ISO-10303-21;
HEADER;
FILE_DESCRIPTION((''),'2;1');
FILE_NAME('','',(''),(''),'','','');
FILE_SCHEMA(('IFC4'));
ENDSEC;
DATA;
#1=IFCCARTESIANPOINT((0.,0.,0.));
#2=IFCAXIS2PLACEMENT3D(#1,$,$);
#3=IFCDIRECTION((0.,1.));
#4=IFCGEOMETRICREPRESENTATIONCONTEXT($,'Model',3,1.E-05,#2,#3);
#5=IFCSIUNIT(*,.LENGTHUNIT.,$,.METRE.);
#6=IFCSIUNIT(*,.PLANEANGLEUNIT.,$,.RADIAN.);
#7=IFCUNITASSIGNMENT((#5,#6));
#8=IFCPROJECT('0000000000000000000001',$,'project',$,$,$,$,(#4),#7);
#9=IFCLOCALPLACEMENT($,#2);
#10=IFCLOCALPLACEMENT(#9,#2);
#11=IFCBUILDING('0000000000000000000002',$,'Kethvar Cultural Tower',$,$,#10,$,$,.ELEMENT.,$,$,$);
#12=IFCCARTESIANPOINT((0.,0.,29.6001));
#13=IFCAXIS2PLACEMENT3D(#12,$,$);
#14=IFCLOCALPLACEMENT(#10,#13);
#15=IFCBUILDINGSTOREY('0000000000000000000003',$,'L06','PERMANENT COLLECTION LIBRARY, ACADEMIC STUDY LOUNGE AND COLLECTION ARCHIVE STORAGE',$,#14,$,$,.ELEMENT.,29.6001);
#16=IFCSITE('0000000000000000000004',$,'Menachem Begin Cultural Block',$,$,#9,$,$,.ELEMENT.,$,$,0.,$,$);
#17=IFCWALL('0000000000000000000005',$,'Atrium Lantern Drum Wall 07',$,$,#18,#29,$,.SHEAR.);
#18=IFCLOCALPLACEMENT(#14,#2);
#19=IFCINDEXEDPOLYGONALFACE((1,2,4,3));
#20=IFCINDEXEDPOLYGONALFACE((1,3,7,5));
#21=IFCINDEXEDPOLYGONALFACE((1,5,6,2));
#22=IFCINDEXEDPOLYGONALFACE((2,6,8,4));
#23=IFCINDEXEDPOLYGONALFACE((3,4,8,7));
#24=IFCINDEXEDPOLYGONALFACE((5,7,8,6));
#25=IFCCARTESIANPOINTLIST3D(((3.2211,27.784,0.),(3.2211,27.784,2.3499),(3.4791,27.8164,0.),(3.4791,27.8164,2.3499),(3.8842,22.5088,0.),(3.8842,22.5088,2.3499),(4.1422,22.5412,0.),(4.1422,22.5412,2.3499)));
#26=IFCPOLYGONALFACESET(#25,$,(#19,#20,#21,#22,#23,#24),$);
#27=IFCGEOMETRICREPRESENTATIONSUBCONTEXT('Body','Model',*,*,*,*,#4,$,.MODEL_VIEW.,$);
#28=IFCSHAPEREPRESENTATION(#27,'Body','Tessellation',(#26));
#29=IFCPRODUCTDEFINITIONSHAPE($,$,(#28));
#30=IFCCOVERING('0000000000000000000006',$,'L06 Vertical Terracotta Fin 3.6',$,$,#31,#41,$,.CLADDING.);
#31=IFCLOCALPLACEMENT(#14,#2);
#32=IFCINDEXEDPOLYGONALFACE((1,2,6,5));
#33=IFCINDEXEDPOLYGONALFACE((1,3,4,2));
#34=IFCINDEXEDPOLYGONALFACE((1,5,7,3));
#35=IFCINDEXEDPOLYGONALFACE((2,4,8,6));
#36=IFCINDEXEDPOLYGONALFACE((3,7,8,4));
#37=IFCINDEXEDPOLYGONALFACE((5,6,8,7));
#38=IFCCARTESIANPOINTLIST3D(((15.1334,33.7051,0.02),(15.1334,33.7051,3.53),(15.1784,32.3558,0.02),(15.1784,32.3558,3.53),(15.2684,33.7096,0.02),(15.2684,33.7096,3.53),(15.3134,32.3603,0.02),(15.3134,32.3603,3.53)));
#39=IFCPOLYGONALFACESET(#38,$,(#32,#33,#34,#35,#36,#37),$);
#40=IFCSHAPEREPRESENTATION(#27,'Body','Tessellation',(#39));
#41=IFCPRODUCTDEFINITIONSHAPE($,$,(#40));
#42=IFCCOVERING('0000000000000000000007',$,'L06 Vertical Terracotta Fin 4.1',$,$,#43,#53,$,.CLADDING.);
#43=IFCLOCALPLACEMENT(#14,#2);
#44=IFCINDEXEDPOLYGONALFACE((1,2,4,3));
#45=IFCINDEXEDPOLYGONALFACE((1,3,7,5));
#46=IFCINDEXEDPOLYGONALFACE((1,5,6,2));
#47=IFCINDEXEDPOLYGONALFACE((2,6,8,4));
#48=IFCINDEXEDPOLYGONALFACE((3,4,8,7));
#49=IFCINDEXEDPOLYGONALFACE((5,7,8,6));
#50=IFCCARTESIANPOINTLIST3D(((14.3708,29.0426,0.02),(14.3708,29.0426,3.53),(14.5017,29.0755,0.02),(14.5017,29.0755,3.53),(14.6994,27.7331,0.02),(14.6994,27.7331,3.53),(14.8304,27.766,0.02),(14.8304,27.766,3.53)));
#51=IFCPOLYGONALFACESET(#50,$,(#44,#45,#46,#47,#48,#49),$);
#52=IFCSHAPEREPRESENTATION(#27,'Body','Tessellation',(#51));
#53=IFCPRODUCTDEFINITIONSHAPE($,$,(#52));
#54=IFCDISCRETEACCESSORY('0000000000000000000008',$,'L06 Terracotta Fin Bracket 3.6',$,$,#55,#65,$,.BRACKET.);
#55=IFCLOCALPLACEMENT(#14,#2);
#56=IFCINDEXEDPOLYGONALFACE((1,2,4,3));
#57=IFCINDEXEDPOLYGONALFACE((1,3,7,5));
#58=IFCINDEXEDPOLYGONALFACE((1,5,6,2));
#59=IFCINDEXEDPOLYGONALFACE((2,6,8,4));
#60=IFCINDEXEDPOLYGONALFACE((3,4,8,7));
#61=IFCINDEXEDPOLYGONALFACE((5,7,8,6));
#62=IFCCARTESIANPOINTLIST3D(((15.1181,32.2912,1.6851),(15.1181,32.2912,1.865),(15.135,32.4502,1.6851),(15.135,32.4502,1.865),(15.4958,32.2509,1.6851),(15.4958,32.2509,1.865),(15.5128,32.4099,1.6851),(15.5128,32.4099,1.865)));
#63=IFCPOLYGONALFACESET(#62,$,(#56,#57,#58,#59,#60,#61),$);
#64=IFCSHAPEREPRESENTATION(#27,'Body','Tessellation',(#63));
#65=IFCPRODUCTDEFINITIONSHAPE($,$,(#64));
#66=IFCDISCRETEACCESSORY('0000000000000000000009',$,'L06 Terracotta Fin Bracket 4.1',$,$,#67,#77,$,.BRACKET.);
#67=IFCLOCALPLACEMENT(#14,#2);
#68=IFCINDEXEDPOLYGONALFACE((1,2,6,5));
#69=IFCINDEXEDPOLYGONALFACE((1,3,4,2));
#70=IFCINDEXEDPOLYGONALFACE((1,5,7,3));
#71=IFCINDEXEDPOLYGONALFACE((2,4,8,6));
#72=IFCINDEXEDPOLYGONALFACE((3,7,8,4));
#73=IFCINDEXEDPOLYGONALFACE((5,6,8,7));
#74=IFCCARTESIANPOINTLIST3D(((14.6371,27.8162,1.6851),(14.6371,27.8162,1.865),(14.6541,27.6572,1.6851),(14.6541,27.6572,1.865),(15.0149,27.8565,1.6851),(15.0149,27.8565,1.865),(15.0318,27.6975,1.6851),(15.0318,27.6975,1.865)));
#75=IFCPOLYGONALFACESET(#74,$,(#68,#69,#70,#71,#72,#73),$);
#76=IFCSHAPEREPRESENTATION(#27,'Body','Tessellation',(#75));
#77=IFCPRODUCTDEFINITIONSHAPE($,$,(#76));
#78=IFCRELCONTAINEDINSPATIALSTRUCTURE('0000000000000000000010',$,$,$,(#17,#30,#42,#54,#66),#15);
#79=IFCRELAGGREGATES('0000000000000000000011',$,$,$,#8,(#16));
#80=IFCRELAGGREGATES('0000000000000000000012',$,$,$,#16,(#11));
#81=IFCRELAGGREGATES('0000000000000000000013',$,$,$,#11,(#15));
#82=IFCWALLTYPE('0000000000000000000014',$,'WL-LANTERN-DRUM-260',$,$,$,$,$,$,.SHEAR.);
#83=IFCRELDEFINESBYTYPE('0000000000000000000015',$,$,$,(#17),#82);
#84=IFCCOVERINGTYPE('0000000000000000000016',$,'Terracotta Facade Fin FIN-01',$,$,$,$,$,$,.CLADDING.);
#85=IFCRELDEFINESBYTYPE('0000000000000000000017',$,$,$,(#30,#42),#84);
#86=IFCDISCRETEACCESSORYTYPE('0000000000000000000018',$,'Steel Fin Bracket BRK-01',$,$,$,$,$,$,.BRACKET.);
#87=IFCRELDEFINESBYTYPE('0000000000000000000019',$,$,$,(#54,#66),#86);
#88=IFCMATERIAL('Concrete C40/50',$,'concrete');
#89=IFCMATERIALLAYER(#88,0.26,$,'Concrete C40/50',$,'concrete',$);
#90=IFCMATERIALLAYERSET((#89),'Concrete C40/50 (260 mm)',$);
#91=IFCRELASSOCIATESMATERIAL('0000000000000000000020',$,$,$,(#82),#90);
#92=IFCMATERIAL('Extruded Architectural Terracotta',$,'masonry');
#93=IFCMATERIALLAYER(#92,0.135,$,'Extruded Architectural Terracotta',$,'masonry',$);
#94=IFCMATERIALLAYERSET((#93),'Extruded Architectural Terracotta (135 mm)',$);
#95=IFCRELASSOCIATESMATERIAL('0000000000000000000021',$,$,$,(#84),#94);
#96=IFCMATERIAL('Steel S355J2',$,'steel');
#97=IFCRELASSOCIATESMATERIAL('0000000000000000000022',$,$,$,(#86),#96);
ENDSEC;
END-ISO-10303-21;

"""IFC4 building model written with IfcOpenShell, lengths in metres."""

from ifc_helpers import new_model, si_unit, direction, frame, frame_2d, origin, origin_2d, place, context, subcontext, project, spatial, rectangle, extrude, source, transform, mapped, material, layer, layer_set, type_object, element, save


model = new_model("IFC4")

# Units and contexts
model_context = context("Model", 3, precision=1e-05, world=origin(), true_north=direction((0.0, 1.0)))
body_context = subcontext(model_context, "Body", "Model", "MODEL_VIEW")
ifc_project = project(units=[si_unit("LENGTHUNIT", "METRE"), si_unit("PLANEANGLEUNIT", "RADIAN")], contexts=[model_context])

# Site, building, storey
site_placement = place(None, origin())
site = spatial("IfcSite", under=ifc_project, at=site_placement, Name="Menachem Begin Cultural Block", CompositionType="ELEMENT", RefElevation=0.0)
building_placement = place(site_placement, origin())
building = spatial("IfcBuilding", under=site, at=building_placement, Name="Kethvar Cultural Tower", CompositionType="ELEMENT")
storey_placement = place(building_placement, frame((0.0, 0.0, 29.6001)))
storey = spatial("IfcBuildingStorey", under=building, at=storey_placement, Name="L06", Description="PERMANENT COLLECTION LIBRARY, ACADEMIC STUDY LOUNGE AND COLLECTION ARCHIVE STORAGE", CompositionType="ELEMENT", Elevation=29.6001)

# Shared definitions
ifc_material_1 = material(Name="Steel S355J2", Category="steel")

# Wall
ifc_material_2 = material(Name="Concrete C40/50", Category="concrete")
ifc_layer_1 = layer(ifc_material_2, 0.26, Name="Concrete C40/50", Category="concrete")
ifc_layer_set_1 = layer_set([ifc_layer_1], Name="Concrete C40/50 (260 mm)")
wall_type = type_object("IfcWallType", Name="WL-LANTERN-DRUM-260", PredefinedType="SHEAR", material=ifc_layer_set_1)
wall_1_placement = place(storey_placement, frame((3.3501, 27.8, 0.0), z_axis=(0.0, 0.0, 1.0), x_axis=(0.124719, -0.992192, 0.0)))
element("IfcWall", 1, at=wall_1_placement, inside=storey, type_object=wall_type, Name="Atrium Lantern Drum Wall 07", PredefinedType="SHEAR", context=body_context, shape_type="SweptSolid", body=[
    extrude(rectangle(XDim=5.3167, YDim=0.26, at=frame_2d((2.6582, 0.0))), origin(), (0.0, 0.0, 1.0), 2.3499),
])

# Coverings
ifc_material_3 = material(Name="Extruded Architectural Terracotta", Category="masonry")
ifc_layer_2 = layer(ifc_material_3, 0.135, Name="Extruded Architectural Terracotta", Category="masonry")
ifc_layer_set_2 = layer_set([ifc_layer_2], Name="Extruded Architectural Terracotta (135 mm)")
covering_type = type_object("IfcCoveringType", Name="Terracotta Facade Fin FIN-01", PredefinedType="CLADDING", material=ifc_layer_set_2)
shared_shape_1 = source(origin(), body_context, "Body", "SweptSolid", [
    extrude(rectangle(XDim=1.3501, YDim=0.135, at=origin_2d()), origin(), (0.0, 0.0, 1.0), 3.51),
])
for number, where, z_axis, x_axis, name in (
    (2, (15.2234, 33.0327, 0.02), (0.0, 0.0, 1.0), (-0.03333, 0.999444, 0.0), "L06 Vertical Terracotta Fin 3.6"),
    (3, (14.6006, 28.4043, 0.02), (0.0, 0.0, 1.0), (-0.243446, 0.969915, 0.0), "L06 Vertical Terracotta Fin 4.1"),
):
    element("IfcCovering", number, at=place(storey_placement, frame(where, z_axis=z_axis, x_axis=x_axis)), inside=storey, type_object=covering_type, Name=name, PredefinedType="CLADDING", context=body_context, shape_type="MappedRepresentation", body=[
        mapped(shared_shape_1, transform((0.0, 0.0, 0.0), scale=1.0)),
    ])

# Discrete accessories
discrete_accessory_type = type_object("IfcDiscreteAccessoryType", Name="Steel Fin Bracket BRK-01", PredefinedType="BRACKET", material=ifc_material_1)
shared_shape_2 = source(origin(), body_context, "Body", "SweptSolid", [
    extrude(rectangle(XDim=0.3799, YDim=0.1599, at=origin_2d()), origin(), (0.0, 0.0, 1.0), 0.1799),
])
for number, where, z_axis, x_axis, name in (
    (4, (15.3154, 32.3506, 1.6851), (0.0, 0.0, 1.0), (-0.994356, 0.106091, 0.0), "L06 Terracotta Fin Bracket 3.6"),
    (5, (14.8345, 27.7568, 1.6851), (0.0, 0.0, 1.0), (-0.994356, -0.106091, 0.0), "L06 Terracotta Fin Bracket 4.1"),
):
    element("IfcDiscreteAccessory", number, at=place(storey_placement, frame(where, z_axis=z_axis, x_axis=x_axis)), inside=storey, type_object=discrete_accessory_type, Name=name, PredefinedType="BRACKET", context=body_context, shape_type="MappedRepresentation", body=[
        mapped(shared_shape_2, transform((0.0, 0.0, 0.0), scale=1.0)),
    ])

save(model, "model.ifc")
